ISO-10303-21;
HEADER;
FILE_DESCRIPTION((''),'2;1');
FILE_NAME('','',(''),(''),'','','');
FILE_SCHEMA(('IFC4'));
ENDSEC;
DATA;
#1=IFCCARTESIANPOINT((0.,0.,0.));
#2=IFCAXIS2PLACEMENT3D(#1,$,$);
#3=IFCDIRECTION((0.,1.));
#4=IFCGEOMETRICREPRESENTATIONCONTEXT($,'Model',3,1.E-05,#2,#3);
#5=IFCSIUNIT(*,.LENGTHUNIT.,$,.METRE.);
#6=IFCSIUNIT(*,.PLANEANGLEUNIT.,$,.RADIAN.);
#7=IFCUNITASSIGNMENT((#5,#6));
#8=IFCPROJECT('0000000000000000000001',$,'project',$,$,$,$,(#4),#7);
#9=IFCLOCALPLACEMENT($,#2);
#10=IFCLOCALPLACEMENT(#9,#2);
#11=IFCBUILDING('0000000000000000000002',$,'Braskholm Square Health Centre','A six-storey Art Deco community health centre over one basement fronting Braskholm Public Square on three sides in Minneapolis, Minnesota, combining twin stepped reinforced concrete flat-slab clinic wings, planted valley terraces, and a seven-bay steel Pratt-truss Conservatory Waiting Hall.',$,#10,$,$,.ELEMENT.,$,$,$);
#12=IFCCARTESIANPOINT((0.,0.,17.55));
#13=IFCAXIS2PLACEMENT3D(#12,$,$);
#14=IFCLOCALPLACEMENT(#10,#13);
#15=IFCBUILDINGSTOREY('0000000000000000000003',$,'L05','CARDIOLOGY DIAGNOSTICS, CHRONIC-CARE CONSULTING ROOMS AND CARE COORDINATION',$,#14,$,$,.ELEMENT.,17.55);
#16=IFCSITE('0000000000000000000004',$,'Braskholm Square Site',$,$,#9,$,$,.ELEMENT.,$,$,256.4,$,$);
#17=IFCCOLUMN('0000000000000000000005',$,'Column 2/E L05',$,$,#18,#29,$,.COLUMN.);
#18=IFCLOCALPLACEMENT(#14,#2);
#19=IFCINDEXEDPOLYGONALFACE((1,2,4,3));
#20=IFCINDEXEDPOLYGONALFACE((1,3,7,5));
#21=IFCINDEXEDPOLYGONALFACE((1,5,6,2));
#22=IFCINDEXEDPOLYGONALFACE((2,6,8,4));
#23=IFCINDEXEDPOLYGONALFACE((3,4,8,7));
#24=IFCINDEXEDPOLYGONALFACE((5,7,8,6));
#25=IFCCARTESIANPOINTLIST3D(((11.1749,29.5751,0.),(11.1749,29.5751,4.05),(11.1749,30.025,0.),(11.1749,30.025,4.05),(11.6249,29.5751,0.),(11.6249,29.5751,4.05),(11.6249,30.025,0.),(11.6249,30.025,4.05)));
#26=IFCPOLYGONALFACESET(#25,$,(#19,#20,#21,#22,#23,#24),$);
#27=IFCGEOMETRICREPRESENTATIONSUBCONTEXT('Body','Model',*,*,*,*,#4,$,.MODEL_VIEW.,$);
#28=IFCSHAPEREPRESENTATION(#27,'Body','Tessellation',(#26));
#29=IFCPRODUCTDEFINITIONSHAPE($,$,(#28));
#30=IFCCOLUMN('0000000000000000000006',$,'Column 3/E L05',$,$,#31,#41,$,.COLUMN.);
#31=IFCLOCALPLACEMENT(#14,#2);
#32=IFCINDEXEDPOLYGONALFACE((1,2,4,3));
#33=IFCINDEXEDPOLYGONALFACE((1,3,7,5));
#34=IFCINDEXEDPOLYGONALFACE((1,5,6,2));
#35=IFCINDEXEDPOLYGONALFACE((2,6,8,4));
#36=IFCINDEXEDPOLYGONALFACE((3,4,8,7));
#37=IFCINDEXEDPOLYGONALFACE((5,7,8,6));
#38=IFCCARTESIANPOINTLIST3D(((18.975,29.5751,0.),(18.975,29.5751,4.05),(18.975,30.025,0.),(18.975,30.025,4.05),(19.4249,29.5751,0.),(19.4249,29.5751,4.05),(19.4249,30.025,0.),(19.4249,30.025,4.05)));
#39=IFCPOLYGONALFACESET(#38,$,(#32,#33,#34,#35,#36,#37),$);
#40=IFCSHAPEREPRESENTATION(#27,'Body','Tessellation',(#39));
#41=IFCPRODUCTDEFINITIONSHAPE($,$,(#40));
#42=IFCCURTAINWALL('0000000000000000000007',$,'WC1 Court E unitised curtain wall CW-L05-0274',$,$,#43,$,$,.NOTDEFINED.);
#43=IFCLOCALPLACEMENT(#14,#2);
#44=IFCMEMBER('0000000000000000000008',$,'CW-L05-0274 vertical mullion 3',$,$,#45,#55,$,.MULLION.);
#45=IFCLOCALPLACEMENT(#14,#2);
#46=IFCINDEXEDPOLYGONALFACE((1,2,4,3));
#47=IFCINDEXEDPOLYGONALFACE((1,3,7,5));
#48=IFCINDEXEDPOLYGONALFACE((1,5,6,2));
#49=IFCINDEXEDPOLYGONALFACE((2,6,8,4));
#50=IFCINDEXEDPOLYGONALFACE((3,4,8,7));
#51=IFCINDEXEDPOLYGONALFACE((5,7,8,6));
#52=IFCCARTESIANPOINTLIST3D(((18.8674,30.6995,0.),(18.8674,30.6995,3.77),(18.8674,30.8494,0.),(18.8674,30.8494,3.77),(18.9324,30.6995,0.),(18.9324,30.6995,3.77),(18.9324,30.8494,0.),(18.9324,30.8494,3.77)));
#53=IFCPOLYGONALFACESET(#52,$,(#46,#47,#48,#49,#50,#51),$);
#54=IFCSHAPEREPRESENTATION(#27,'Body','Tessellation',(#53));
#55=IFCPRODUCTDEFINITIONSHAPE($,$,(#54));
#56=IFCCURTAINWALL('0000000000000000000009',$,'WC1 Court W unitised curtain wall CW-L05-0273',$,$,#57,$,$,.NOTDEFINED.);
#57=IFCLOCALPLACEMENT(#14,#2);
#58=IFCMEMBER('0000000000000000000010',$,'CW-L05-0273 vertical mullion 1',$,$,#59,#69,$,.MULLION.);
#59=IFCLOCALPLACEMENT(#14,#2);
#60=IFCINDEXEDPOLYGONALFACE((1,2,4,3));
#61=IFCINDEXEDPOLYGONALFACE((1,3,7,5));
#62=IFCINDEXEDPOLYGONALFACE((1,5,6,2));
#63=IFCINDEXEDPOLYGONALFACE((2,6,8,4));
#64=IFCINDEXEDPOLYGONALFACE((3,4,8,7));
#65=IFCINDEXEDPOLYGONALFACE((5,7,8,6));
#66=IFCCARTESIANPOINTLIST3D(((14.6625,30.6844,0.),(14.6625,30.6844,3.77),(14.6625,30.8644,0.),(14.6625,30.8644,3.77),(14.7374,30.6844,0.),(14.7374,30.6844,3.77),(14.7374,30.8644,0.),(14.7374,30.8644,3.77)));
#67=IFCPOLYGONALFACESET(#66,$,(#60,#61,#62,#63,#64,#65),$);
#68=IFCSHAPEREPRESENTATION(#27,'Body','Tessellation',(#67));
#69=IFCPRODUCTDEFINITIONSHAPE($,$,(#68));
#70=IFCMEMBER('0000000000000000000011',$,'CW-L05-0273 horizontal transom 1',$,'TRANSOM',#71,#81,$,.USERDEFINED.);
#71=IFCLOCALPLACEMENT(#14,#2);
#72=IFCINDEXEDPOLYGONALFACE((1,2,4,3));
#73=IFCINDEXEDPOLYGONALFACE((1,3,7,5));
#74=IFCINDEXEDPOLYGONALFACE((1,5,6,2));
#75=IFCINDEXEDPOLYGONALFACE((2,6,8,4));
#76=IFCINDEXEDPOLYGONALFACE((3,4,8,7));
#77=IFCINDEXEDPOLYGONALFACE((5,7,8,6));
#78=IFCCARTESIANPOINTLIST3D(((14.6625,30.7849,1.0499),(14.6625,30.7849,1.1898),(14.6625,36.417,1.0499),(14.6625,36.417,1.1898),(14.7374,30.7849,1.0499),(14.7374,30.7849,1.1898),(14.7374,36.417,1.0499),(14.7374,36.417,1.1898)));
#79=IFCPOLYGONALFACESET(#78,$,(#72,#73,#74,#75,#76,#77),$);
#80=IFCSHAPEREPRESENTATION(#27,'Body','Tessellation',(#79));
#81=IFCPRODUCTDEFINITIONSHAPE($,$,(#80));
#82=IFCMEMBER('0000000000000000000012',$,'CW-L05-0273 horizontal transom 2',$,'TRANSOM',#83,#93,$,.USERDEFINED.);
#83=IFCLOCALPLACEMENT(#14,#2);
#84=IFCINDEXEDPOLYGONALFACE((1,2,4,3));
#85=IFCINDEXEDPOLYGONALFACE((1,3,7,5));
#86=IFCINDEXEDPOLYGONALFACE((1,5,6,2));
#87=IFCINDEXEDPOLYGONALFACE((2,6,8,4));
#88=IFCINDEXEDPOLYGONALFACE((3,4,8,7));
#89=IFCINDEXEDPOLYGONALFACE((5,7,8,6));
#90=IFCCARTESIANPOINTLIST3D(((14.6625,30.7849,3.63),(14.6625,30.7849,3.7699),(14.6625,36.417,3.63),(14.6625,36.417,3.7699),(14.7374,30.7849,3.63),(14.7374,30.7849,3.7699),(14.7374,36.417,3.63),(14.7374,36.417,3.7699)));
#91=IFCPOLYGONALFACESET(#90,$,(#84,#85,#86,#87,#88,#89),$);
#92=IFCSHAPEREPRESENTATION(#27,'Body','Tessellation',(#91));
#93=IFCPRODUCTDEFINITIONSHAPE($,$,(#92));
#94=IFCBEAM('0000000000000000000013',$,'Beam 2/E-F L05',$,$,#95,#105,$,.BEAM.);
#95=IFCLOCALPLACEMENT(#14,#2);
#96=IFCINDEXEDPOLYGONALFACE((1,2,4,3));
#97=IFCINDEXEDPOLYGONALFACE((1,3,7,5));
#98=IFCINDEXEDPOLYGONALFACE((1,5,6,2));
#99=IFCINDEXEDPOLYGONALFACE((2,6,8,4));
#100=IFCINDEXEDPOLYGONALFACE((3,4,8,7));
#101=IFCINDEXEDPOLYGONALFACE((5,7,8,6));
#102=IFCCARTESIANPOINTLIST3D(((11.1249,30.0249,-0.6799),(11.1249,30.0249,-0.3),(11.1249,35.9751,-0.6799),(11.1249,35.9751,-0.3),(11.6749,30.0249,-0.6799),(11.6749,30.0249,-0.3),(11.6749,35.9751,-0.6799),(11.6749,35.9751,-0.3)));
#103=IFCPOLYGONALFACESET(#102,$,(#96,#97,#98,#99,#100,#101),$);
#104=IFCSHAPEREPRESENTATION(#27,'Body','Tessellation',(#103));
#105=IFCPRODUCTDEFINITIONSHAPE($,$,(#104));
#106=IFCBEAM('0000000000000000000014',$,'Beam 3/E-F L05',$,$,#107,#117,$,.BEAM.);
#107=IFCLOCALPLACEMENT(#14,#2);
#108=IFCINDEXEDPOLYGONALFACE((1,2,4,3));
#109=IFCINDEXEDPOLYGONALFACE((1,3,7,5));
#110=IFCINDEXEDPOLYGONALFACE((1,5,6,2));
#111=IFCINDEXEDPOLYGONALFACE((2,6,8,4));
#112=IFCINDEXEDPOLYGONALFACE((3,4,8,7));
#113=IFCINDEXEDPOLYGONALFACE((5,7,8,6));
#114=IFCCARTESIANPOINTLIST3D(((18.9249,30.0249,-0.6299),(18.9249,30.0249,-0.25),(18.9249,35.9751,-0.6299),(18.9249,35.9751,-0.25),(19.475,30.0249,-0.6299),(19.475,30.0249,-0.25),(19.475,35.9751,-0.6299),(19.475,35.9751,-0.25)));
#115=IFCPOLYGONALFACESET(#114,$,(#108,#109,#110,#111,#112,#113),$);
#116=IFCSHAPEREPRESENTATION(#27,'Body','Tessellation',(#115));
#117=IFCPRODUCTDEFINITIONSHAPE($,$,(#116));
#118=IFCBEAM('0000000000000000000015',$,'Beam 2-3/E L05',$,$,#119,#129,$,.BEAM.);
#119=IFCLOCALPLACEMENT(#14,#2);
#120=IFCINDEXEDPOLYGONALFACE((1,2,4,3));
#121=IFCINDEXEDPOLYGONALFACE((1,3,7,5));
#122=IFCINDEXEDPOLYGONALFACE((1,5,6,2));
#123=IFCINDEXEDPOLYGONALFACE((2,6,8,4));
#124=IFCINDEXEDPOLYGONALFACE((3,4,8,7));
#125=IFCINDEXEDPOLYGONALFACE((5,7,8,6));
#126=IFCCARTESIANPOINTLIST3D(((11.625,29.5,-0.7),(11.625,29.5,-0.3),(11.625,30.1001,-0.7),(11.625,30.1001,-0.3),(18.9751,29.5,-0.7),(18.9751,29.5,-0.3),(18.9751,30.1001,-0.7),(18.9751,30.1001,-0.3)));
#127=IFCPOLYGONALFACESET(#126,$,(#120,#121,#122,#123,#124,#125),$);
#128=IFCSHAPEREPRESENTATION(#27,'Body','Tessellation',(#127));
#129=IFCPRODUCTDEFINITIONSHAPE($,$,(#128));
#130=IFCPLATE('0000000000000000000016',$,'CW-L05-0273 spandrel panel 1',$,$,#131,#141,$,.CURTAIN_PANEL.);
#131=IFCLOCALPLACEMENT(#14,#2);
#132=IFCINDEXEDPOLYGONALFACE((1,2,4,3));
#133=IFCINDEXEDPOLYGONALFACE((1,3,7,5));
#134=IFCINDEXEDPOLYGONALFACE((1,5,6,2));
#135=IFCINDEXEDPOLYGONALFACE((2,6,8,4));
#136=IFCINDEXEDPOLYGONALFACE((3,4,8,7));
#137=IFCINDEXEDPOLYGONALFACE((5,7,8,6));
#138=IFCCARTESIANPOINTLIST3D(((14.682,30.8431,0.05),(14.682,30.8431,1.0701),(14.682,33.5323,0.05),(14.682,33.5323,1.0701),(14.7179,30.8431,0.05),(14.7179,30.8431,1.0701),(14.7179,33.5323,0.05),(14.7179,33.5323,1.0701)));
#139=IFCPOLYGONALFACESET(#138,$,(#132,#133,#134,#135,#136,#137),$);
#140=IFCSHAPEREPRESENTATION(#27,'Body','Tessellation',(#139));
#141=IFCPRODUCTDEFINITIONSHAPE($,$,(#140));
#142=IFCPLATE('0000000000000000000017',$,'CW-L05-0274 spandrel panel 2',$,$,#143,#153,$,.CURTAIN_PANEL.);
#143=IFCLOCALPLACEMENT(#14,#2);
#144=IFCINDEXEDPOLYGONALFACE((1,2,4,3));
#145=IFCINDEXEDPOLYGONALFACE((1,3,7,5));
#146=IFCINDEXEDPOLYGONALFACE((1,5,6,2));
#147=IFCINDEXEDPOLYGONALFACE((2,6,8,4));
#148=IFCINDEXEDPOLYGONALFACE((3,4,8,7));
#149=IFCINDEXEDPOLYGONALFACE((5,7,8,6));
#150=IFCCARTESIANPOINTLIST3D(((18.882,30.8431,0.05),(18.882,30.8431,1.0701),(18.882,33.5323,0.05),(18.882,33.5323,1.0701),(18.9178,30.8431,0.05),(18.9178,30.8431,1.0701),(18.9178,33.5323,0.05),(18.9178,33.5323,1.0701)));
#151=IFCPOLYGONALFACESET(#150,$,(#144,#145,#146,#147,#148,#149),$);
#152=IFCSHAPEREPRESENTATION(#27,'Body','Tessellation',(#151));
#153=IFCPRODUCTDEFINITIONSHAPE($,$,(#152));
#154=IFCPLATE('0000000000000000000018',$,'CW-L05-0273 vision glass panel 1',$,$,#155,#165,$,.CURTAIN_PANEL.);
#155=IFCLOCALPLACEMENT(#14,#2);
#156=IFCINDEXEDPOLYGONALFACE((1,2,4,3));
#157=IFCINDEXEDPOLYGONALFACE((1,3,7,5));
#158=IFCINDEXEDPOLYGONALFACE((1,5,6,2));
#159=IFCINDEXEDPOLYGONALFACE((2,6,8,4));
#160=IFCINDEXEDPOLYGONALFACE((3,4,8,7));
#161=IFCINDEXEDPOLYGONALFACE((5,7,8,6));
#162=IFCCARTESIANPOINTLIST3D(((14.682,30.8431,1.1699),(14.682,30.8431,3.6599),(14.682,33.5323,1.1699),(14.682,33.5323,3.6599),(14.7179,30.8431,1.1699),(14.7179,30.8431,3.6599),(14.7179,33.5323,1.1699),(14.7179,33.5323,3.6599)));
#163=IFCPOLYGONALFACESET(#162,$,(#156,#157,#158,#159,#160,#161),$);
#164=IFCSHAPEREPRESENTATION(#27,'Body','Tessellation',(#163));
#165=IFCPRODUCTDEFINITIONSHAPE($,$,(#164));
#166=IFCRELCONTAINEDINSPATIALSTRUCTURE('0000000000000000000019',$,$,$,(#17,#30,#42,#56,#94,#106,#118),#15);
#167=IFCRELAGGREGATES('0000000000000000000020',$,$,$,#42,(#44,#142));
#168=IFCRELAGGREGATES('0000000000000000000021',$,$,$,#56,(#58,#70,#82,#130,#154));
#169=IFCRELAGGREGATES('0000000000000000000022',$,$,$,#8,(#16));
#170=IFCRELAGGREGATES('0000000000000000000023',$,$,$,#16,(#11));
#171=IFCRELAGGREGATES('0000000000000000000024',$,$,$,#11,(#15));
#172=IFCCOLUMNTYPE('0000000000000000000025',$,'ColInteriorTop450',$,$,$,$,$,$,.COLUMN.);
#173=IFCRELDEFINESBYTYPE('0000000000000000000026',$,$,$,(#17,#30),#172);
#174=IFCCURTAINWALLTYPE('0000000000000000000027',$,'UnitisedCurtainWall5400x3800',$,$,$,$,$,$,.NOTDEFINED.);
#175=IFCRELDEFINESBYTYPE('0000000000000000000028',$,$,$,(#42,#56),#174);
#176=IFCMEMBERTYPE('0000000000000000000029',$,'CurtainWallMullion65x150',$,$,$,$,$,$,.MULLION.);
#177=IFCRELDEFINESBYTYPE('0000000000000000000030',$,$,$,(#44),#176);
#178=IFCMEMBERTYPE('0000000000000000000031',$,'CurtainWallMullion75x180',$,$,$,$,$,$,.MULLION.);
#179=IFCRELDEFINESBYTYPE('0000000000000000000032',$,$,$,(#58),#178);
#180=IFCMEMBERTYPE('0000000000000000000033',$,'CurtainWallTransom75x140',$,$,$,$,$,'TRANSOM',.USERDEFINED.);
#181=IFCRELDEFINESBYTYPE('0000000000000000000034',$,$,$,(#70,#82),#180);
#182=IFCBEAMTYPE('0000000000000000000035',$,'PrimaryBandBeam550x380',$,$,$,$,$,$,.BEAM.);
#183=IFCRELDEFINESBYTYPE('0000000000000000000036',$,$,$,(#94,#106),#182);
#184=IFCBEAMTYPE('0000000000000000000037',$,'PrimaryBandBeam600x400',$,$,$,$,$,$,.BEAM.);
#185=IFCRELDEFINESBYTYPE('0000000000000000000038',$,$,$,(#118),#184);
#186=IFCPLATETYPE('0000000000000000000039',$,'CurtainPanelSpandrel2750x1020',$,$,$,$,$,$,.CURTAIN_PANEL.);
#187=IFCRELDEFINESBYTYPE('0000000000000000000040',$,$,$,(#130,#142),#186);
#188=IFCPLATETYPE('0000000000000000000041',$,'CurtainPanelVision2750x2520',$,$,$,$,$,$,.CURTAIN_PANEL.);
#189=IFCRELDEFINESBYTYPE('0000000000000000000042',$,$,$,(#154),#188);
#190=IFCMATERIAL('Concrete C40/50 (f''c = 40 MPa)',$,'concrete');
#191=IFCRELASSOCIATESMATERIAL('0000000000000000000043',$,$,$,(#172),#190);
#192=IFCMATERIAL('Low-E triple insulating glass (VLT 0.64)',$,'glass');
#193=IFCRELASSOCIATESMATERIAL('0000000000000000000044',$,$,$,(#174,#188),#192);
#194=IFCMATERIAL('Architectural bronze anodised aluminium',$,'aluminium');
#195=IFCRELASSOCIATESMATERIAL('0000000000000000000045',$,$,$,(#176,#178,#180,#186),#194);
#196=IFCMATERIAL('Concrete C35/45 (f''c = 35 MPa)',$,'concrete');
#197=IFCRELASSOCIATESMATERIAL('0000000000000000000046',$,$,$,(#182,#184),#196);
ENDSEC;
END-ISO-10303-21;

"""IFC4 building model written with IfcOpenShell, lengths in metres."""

from ifc_helpers import new_model, si_unit, direction, frame, origin, origin_2d, place, context, subcontext, project, spatial, rectangle, extrude, material, material_profile, profile_set, type_object, element, aggregate, save


model = new_model("IFC4")

# Units and contexts
model_context = context("Model", 3, precision=1e-05, world=origin(), true_north=direction((0.0, 1.0)))
body_context = subcontext(model_context, "Body", "Model", "MODEL_VIEW")
ifc_project = project(units=[si_unit("LENGTHUNIT", "METRE"), si_unit("PLANEANGLEUNIT", "RADIAN")], contexts=[model_context])

# Site, building, storey
site_placement = place(None, origin())
site = spatial("IfcSite", under=ifc_project, at=site_placement, Name="Braskholm Square Site", CompositionType="ELEMENT", RefElevation=256.4)
building_placement = place(site_placement, origin())
building = spatial("IfcBuilding", under=site, at=building_placement, Name="Braskholm Square Health Centre", Description="A six-storey Art Deco community health centre over one basement fronting Braskholm Public Square on three sides in Minneapolis, Minnesota, combining twin stepped reinforced concrete flat-slab clinic wings, planted valley terraces, and a seven-bay steel Pratt-truss Conservatory Waiting Hall.", CompositionType="ELEMENT")
storey_placement = place(building_placement, frame((0.0, 0.0, 17.55)))
storey = spatial("IfcBuildingStorey", under=building, at=storey_placement, Name="L05", Description="CARDIOLOGY DIAGNOSTICS, CHRONIC-CARE CONSULTING ROOMS AND CARE COORDINATION", CompositionType="ELEMENT", Elevation=17.55)

# Columns
ifc_material_1 = material(Name="Concrete C40/50 (f'c = 40 MPa)", Category="concrete")
ifc_material_profile_1 = material_profile(ifc_material_1, rectangle(XDim=0.45, YDim=0.45, at=origin_2d()), Name="RC-450X450")
ifc_profile_set_1 = profile_set([ifc_material_profile_1], Name="Concrete C40/50 (f'c = 40 MPa)")
column_type = type_object("IfcColumnType", Name="ColInteriorTop450", PredefinedType="COLUMN", material=ifc_profile_set_1)
for number, where, z_axis, x_axis, name in (
    (1, (11.3999, 29.8, 0.0), (0.0, 0.0, 1.0), (1.0, 0.0, 0.0), "Column 2/E L05"),
    (2, (19.2, 29.8, 0.0), (0.0, 0.0, 1.0), (1.0, 0.0, 0.0), "Column 3/E L05"),
):
    element("IfcColumn", number, at=place(storey_placement, frame(where, z_axis=z_axis, x_axis=x_axis)), inside=storey, type_object=column_type, Name=name, PredefinedType="COLUMN", context=body_context, shape_type="SweptSolid", body=[
        extrude(rectangle(XDim=0.45, YDim=0.45, at=origin_2d()), origin(), (0.0, 0.0, 1.0), 4.05),
    ])

# Curtain wall, member
ifc_material_2 = material(Name="Low-E triple insulating glass (VLT 0.64)", Category="glass")
curtain_wall_type = type_object("IfcCurtainWallType", Name="UnitisedCurtainWall5400x3800", PredefinedType="NOTDEFINED", material=ifc_material_2)
curtain_wall_1_placement = place(storey_placement, origin())
curtain_wall_1 = element("IfcCurtainWall", 3, at=curtain_wall_1_placement, inside=storey, type_object=curtain_wall_type, Name="WC1 Court E unitised curtain wall CW-L05-0274", PredefinedType="NOTDEFINED")
ifc_material_3 = material(Name="Architectural bronze anodised aluminium", Category="aluminium")
ifc_material_profile_2 = material_profile(ifc_material_3, rectangle(XDim=0.0649, YDim=0.1499, at=origin_2d()), Name="ALU-65X150")
ifc_profile_set_2 = profile_set([ifc_material_profile_2], Name="Architectural bronze anodised aluminium")
member_type_1 = type_object("IfcMemberType", Name="CurtainWallMullion65x150", PredefinedType="MULLION", material=ifc_profile_set_2)
member_1_placement = place(storey_placement, frame((18.8999, 30.7744, 0.0), z_axis=(0.0, 0.0, 1.0), x_axis=(1.0, 0.0, 0.0)))
member_1 = element("IfcMember", 4, at=member_1_placement, type_object=member_type_1, Name="CW-L05-0274 vertical mullion 3", PredefinedType="MULLION", context=body_context, shape_type="SweptSolid", body=[
    extrude(rectangle(XDim=0.0649, YDim=0.1499, at=origin_2d()), origin(), (0.0, 0.0, 1.0), 3.77),
])

# Curtain wall, members
curtain_wall_2_placement = place(storey_placement, origin())
curtain_wall_2 = element("IfcCurtainWall", 5, at=curtain_wall_2_placement, inside=storey, type_object=curtain_wall_type, Name="WC1 Court W unitised curtain wall CW-L05-0273", PredefinedType="NOTDEFINED")
ifc_material_profile_3 = material_profile(ifc_material_3, rectangle(XDim=0.075, YDim=0.1799, at=origin_2d()), Name="ALU-75X180")
ifc_profile_set_3 = profile_set([ifc_material_profile_3], Name="Architectural bronze anodised aluminium")
member_type_2 = type_object("IfcMemberType", Name="CurtainWallMullion75x180", PredefinedType="MULLION", material=ifc_profile_set_3)
member_2_placement = place(storey_placement, frame((14.7, 30.7744, 0.0), z_axis=(0.0, 0.0, 1.0), x_axis=(1.0, 0.0, 0.0)))
member_2 = element("IfcMember", 6, at=member_2_placement, type_object=member_type_2, Name="CW-L05-0273 vertical mullion 1", PredefinedType="MULLION", context=body_context, shape_type="SweptSolid", body=[
    extrude(rectangle(XDim=0.075, YDim=0.1799, at=origin_2d()), origin(), (0.0, 0.0, 1.0), 3.77),
])
ifc_material_profile_4 = material_profile(ifc_material_3, rectangle(XDim=0.075, YDim=0.1399, at=origin_2d()), Name="ALU-75X140")
ifc_profile_set_4 = profile_set([ifc_material_profile_4], Name="Architectural bronze anodised aluminium")
member_type_3 = type_object("IfcMemberType", Name="CurtainWallTransom75x140", ElementType="TRANSOM", PredefinedType="USERDEFINED", material=ifc_profile_set_4)
member_3_placement = place(storey_placement, frame((14.7, 30.7849, 1.1199), z_axis=(0.0, 1.0, 0.0), x_axis=(-1.0, 0.0, 0.0)))
member_3 = element("IfcMember", 7, at=member_3_placement, type_object=member_type_3, Name="CW-L05-0273 horizontal transom 1", ObjectType="TRANSOM", PredefinedType="USERDEFINED", context=body_context, shape_type="SweptSolid", body=[
    extrude(rectangle(XDim=0.075, YDim=0.1399, at=origin_2d()), origin(), (0.0, 0.0, 1.0), 5.6321),
])
member_4_placement = place(storey_placement, frame((14.7, 30.7849, 3.7), z_axis=(0.0, 1.0, 0.0), x_axis=(-1.0, 0.0, 0.0)))
member_4 = element("IfcMember", 8, at=member_4_placement, type_object=member_type_3, Name="CW-L05-0273 horizontal transom 2", ObjectType="TRANSOM", PredefinedType="USERDEFINED", context=body_context, shape_type="SweptSolid", body=[
    extrude(rectangle(XDim=0.075, YDim=0.1399, at=origin_2d()), origin(), (0.0, 0.0, 1.0), 5.6321),
])

# Beams
ifc_material_4 = material(Name="Concrete C35/45 (f'c = 35 MPa)", Category="concrete")
ifc_material_profile_5 = material_profile(ifc_material_4, rectangle(XDim=0.55, YDim=0.3799, at=origin_2d()), Name="RCB-550X380")
ifc_profile_set_5 = profile_set([ifc_material_profile_5], Name="Concrete C35/45 (f'c = 35 MPa)")
beam_type_1 = type_object("IfcBeamType", Name="PrimaryBandBeam550x380", PredefinedType="BEAM", material=ifc_profile_set_5)
for number, where, z_axis, x_axis, name in (
    (9, (11.3999, 30.0249, -0.49), (0.0, 1.0, 0.0), (-1.0, 0.0, 0.0), "Beam 2/E-F L05"),
    (10, (19.2, 30.0249, -0.4399), (0.0, 1.0, 0.0), (-1.0, 0.0, 0.0), "Beam 3/E-F L05"),
):
    element("IfcBeam", number, at=place(storey_placement, frame(where, z_axis=z_axis, x_axis=x_axis)), inside=storey, type_object=beam_type_1, Name=name, PredefinedType="BEAM", context=body_context, shape_type="SweptSolid", body=[
        extrude(rectangle(XDim=0.55, YDim=0.3799, at=origin_2d()), origin(), (0.0, 0.0, 1.0), 5.9502),
    ])
ifc_material_profile_6 = material_profile(ifc_material_4, rectangle(XDim=0.6001, YDim=0.3999, at=origin_2d()), Name="RCB-600X400")
ifc_profile_set_6 = profile_set([ifc_material_profile_6], Name="Concrete C35/45 (f'c = 35 MPa)")
beam_type_2 = type_object("IfcBeamType", Name="PrimaryBandBeam600x400", PredefinedType="BEAM", material=ifc_profile_set_6)
beam_placement = place(storey_placement, frame((11.625, 29.8, -0.5), z_axis=(1.0, 0.0, 0.0), x_axis=(0.0, 1.0, 0.0)))
element("IfcBeam", 11, at=beam_placement, inside=storey, type_object=beam_type_2, Name="Beam 2-3/E L05", PredefinedType="BEAM", context=body_context, shape_type="SweptSolid", body=[
    extrude(rectangle(XDim=0.6001, YDim=0.3999, at=origin_2d()), origin(), (0.0, 0.0, 1.0), 7.3501),
])

# Plates
plate_type_1 = type_object("IfcPlateType", Name="CurtainPanelSpandrel2750x1020", PredefinedType="CURTAIN_PANEL", material=ifc_material_3)
plate_1_placement = place(storey_placement, frame((14.7, 32.1877, 0.05), z_axis=(0.0, 0.0, 1.0), x_axis=(0.0, 1.0, 0.0)))
plate_1 = element("IfcPlate", 12, at=plate_1_placement, type_object=plate_type_1, Name="CW-L05-0273 spandrel panel 1", PredefinedType="CURTAIN_PANEL", context=body_context, shape_type="SweptSolid", body=[
    extrude(rectangle(XDim=2.6892, YDim=0.0359, at=origin_2d()), origin(), (0.0, 0.0, 1.0), 1.02),
])
plate_2_placement = place(storey_placement, frame((18.8999, 32.1877, 0.05), z_axis=(0.0, 0.0, 1.0), x_axis=(0.0, -1.0, 0.0)))
plate_2 = element("IfcPlate", 13, at=plate_2_placement, type_object=plate_type_1, Name="CW-L05-0274 spandrel panel 2", PredefinedType="CURTAIN_PANEL", context=body_context, shape_type="SweptSolid", body=[
    extrude(rectangle(XDim=2.6892, YDim=0.0359, at=origin_2d()), origin(), (0.0, 0.0, 1.0), 1.02),
])
aggregate(curtain_wall_1, [member_1, plate_2])
plate_type_2 = type_object("IfcPlateType", Name="CurtainPanelVision2750x2520", PredefinedType="CURTAIN_PANEL", material=ifc_material_2)
plate_3_placement = place(storey_placement, frame((14.7, 32.1877, 1.1699), z_axis=(0.0, 0.0, 1.0), x_axis=(0.0, 1.0, 0.0)))
plate_3 = element("IfcPlate", 14, at=plate_3_placement, type_object=plate_type_2, Name="CW-L05-0273 vision glass panel 1", PredefinedType="CURTAIN_PANEL", context=body_context, shape_type="SweptSolid", body=[
    extrude(rectangle(XDim=2.6892, YDim=0.0359, at=origin_2d()), origin(), (0.0, 0.0, 1.0), 2.49),
])
aggregate(curtain_wall_2, [member_2, member_3, member_4, plate_1, plate_3])

save(model, "model.ifc")
